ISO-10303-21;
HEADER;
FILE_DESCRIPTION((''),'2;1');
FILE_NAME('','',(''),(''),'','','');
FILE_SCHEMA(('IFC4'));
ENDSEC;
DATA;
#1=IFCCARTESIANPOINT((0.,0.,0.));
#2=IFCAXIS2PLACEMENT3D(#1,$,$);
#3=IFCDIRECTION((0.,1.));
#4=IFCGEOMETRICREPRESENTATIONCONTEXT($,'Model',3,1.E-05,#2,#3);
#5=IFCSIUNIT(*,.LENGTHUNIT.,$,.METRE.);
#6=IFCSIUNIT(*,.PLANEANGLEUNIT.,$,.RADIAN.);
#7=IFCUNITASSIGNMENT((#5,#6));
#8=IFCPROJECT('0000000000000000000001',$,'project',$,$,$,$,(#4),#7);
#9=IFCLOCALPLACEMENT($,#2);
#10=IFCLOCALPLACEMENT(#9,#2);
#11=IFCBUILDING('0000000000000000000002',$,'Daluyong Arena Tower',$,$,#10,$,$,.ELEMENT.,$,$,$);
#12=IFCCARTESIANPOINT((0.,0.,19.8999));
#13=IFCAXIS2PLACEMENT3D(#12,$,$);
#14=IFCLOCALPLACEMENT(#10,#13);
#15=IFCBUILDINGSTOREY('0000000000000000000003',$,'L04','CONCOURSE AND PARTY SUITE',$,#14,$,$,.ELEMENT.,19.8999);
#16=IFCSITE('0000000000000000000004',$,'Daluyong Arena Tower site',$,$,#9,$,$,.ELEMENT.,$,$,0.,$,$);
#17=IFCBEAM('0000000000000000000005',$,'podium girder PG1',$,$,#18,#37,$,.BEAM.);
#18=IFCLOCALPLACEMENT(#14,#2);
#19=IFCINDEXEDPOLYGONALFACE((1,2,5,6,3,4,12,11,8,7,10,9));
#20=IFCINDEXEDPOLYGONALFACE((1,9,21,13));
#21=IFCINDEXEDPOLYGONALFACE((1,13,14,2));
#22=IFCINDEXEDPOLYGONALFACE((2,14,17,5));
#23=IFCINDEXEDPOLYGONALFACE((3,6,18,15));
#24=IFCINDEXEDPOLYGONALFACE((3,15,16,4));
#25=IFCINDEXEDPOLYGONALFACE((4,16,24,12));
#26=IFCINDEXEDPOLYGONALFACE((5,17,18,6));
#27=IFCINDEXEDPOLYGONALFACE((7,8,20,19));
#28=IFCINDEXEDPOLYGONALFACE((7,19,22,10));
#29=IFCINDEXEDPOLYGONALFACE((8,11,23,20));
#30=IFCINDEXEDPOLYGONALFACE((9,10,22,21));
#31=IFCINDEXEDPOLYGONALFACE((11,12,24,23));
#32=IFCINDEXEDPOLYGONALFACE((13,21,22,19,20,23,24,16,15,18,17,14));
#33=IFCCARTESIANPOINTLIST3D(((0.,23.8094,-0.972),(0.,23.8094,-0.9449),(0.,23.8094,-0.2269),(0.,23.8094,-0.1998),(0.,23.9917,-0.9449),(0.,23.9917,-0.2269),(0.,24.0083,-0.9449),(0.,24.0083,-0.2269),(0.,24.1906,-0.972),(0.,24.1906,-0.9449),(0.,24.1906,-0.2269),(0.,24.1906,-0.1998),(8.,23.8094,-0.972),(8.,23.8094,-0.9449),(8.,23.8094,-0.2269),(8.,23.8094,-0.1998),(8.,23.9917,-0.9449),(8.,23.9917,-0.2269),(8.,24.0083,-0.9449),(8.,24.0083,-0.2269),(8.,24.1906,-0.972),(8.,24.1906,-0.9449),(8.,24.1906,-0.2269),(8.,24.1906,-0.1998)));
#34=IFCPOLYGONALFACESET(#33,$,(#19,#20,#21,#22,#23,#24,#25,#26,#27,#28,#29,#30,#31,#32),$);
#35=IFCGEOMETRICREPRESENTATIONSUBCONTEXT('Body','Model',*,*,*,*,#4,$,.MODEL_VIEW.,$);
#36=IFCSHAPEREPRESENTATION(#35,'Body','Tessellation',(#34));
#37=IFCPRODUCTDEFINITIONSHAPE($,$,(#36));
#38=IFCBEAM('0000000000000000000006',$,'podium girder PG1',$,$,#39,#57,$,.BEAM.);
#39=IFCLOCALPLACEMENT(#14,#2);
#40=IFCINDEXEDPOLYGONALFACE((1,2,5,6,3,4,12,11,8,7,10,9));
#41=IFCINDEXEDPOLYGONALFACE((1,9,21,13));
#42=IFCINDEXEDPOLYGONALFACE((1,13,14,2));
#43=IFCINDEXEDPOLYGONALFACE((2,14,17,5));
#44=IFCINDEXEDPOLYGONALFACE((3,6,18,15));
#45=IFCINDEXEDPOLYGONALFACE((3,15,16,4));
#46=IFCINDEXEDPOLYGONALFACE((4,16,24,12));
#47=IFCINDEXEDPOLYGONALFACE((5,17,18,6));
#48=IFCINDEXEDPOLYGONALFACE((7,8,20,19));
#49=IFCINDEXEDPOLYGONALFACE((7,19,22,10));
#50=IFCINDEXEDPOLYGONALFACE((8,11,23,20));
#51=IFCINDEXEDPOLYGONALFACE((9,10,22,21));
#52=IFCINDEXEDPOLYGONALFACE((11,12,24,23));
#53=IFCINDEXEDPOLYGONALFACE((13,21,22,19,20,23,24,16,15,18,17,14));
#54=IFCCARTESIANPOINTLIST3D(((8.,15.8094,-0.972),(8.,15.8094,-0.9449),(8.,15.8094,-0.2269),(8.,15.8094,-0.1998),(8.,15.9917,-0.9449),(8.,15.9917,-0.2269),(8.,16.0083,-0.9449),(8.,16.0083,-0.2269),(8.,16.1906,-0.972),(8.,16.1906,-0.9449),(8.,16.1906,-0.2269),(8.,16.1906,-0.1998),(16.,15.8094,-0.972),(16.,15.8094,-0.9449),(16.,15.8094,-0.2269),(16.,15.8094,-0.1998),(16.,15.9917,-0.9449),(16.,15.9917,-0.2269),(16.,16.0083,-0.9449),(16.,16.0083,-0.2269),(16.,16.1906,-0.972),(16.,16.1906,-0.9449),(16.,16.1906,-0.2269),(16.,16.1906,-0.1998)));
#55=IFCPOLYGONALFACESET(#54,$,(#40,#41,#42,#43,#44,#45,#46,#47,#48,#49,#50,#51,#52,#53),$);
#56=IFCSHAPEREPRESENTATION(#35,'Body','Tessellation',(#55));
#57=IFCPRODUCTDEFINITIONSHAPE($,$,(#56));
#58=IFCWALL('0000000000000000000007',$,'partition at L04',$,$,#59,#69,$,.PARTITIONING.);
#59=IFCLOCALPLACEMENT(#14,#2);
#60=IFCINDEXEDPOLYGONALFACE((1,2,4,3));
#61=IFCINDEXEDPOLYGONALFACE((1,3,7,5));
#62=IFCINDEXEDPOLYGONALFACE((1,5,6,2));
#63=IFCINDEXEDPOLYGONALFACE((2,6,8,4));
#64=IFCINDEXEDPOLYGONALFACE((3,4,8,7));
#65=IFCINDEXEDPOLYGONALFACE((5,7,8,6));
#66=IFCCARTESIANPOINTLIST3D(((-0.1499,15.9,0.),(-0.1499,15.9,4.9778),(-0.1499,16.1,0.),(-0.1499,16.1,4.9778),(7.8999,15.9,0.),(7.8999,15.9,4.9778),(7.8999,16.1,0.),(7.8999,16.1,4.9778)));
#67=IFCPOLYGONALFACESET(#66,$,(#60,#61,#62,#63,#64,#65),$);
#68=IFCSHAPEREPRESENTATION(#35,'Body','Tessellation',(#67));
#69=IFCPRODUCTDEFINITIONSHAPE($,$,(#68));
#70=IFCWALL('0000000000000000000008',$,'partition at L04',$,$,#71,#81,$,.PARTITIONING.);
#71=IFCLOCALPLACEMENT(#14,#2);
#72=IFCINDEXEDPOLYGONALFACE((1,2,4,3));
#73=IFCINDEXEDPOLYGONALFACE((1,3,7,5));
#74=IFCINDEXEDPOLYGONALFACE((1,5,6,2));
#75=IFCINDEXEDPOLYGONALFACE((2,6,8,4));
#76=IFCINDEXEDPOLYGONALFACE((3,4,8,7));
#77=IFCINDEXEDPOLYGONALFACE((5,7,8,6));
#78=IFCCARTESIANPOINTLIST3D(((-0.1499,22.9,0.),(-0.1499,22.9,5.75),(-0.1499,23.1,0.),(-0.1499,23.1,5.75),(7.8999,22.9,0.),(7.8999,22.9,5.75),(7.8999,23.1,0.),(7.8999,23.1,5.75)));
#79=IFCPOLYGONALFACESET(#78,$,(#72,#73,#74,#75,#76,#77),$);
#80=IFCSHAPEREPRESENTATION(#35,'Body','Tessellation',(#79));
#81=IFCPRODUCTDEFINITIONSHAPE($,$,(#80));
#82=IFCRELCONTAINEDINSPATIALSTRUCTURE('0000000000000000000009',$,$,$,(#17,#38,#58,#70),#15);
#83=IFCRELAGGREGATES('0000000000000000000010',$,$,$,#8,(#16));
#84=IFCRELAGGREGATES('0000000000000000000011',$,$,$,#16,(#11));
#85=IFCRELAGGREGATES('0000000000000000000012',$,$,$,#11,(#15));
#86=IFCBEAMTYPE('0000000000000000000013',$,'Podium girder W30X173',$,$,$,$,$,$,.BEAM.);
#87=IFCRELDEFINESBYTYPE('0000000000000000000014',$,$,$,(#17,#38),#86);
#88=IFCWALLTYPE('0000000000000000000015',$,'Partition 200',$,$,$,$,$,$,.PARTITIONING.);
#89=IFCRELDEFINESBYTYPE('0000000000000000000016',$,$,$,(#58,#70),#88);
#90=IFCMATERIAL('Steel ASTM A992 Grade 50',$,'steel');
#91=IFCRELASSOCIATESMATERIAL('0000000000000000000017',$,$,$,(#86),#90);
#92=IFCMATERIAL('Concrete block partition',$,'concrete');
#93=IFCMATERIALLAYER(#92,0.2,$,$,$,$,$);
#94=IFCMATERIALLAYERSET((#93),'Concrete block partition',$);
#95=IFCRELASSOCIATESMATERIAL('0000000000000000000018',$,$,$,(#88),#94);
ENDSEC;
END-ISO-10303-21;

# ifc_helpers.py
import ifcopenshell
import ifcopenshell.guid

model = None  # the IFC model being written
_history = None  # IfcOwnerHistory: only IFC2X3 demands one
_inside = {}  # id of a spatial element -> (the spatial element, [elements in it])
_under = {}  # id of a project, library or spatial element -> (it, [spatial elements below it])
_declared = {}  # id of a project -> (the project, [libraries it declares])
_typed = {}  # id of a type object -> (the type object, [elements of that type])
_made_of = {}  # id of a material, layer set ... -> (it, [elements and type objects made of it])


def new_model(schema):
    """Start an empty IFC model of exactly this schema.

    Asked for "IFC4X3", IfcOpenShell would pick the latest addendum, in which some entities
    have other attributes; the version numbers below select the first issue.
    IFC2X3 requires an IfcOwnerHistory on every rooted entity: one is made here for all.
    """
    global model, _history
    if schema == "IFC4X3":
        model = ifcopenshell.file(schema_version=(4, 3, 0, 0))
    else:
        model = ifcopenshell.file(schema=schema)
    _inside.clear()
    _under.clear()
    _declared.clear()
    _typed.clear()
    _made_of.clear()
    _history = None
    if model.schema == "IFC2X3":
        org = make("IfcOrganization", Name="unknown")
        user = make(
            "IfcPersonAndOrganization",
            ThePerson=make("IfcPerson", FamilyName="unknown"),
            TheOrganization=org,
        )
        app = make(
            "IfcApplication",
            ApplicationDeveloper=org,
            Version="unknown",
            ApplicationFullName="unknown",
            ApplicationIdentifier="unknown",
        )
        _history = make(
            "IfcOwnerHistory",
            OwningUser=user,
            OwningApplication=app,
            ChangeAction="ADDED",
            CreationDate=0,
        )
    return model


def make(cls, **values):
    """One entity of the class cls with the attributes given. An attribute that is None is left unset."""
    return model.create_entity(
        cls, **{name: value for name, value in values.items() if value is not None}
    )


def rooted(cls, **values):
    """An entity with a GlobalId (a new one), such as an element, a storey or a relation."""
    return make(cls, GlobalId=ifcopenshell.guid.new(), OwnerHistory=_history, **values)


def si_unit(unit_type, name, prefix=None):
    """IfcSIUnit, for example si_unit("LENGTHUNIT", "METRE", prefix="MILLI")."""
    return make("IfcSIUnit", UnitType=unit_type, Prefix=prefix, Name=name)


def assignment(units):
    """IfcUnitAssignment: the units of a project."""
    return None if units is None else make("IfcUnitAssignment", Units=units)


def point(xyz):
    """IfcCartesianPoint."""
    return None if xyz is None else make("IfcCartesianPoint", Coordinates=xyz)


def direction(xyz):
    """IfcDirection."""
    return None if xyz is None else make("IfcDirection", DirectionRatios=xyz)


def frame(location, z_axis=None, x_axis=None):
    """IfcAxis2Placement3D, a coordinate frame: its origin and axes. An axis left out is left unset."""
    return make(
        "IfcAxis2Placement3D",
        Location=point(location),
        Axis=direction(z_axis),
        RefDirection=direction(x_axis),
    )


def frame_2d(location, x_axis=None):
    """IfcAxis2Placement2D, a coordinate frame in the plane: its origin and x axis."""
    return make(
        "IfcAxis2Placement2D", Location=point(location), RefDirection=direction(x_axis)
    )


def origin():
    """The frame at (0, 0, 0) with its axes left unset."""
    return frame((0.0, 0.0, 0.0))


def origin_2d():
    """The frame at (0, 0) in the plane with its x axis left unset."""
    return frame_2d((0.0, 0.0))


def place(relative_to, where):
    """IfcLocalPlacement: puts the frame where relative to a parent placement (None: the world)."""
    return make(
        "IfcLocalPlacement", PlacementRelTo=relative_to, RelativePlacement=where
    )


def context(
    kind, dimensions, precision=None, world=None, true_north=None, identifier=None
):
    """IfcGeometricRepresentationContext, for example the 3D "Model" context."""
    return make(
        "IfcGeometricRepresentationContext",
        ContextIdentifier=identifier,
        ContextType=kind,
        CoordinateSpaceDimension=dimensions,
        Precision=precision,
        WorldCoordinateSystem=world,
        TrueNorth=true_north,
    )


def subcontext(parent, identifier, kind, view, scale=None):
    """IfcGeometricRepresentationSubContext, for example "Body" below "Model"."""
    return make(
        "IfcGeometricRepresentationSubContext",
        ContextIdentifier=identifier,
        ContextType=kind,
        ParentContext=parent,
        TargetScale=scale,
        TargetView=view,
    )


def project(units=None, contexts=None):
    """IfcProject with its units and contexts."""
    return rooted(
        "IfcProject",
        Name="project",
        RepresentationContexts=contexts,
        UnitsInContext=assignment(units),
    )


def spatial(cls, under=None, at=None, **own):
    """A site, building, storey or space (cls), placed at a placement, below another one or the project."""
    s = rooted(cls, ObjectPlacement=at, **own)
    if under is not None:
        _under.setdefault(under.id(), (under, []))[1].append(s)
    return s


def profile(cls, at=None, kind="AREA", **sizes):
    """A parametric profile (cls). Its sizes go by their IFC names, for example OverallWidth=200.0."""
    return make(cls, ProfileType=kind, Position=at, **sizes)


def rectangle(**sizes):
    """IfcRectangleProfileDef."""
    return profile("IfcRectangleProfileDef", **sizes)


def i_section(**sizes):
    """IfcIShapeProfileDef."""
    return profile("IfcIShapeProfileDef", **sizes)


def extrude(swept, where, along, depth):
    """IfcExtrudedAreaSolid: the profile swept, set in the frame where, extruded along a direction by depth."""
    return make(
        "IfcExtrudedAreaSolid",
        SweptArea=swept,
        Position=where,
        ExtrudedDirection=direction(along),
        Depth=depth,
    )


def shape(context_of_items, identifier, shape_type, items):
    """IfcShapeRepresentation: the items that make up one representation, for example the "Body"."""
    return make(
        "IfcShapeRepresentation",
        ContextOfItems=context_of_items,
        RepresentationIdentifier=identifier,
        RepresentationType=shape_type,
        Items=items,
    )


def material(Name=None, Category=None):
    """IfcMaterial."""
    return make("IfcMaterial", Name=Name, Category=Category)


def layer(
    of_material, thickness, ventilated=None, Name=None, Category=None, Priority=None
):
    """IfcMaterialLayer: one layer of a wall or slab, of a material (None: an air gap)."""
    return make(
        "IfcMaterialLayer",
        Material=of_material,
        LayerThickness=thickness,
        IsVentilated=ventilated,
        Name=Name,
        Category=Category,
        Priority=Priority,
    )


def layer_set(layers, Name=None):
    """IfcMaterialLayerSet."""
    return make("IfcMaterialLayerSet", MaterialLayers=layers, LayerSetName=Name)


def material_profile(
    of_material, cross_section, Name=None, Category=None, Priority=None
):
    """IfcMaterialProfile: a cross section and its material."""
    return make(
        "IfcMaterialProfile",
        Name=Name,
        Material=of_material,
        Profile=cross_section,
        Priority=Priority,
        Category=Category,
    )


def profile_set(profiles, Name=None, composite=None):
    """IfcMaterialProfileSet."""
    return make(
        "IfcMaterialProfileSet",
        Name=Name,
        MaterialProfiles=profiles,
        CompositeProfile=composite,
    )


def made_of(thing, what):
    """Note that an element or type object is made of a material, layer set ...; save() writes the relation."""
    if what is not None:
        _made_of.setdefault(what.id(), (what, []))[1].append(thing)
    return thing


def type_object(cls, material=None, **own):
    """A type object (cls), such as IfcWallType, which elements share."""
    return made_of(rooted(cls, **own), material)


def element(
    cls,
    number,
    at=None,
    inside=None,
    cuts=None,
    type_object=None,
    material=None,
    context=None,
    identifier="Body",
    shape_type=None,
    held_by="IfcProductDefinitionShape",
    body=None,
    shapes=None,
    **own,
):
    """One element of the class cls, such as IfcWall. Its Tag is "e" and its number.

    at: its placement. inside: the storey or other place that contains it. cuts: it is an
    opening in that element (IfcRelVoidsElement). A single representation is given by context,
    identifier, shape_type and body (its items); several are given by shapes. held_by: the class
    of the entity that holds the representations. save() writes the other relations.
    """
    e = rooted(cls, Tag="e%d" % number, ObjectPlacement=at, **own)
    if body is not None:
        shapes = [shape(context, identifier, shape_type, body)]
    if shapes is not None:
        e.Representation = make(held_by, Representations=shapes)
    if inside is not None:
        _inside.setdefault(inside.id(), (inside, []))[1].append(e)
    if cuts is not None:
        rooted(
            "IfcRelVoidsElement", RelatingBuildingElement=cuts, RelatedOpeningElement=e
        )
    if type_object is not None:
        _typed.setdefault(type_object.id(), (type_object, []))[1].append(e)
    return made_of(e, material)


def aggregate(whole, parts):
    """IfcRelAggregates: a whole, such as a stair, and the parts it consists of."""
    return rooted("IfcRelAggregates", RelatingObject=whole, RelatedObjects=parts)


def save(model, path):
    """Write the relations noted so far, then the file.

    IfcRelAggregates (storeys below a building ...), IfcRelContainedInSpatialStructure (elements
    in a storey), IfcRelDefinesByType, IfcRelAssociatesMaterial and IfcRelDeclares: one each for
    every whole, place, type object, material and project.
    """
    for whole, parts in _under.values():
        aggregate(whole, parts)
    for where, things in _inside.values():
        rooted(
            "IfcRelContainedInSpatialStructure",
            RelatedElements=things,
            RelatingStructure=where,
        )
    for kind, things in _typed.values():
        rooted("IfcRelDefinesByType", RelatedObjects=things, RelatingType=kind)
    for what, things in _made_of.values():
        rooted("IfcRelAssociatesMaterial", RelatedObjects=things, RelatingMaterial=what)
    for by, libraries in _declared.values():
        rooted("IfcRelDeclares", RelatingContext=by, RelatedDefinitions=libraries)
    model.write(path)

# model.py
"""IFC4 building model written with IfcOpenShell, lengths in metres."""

from ifc_helpers import new_model, si_unit, direction, frame, frame_2d, origin, origin_2d, place, context, subcontext, project, spatial, rectangle, i_section, extrude, material, layer, layer_set, material_profile, profile_set, type_object, element, save


model = new_model("IFC4")

# Units and contexts
model_context = context("Model", 3, precision=1e-05, world=origin(), true_north=direction((0.0, 1.0)))
body_context = subcontext(model_context, "Body", "Model", "MODEL_VIEW")
ifc_project = project(units=[si_unit("LENGTHUNIT", "METRE"), si_unit("PLANEANGLEUNIT", "RADIAN")], contexts=[model_context])

# Site, building, storey
site_placement = place(None, origin())
site = spatial("IfcSite", under=ifc_project, at=site_placement, Name="Daluyong Arena Tower site", CompositionType="ELEMENT", RefElevation=0.0)
building_placement = place(site_placement, origin())
building = spatial("IfcBuilding", under=site, at=building_placement, Name="Daluyong Arena Tower", CompositionType="ELEMENT")
storey_placement = place(building_placement, frame((0.0, 0.0, 19.8999)))
storey = spatial("IfcBuildingStorey", under=building, at=storey_placement, Name="L04", Description="CONCOURSE AND PARTY SUITE", CompositionType="ELEMENT", Elevation=19.8999)

# Beams
ifc_material_1 = material(Name="Steel ASTM A992 Grade 50", Category="steel")
ifc_material_profile_1 = material_profile(ifc_material_1, i_section(OverallWidth=0.3811, OverallDepth=0.7722, WebThickness=0.0166, FlangeThickness=0.0271, at=origin_2d()))
ifc_profile_set_1 = profile_set([ifc_material_profile_1], Name="Steel ASTM A992 Grade 50")
beam_type_1 = type_object("IfcBeamType", Name="Podium girder W30X173", PredefinedType="BEAM", material=ifc_profile_set_1)
for number, where, z_axis, x_axis, name in (
    (1, (0.0, 24.0, -0.5859), (1.0, 0.0, 0.0), (0.0, 1.0, 0.0), "podium girder PG1"),
    (2, (8.0, 16.0, -0.5859), (1.0, 0.0, 0.0), (0.0, 1.0, 0.0), "podium girder PG1"),
):
    element("IfcBeam", number, at=place(storey_placement, frame(where, z_axis=z_axis, x_axis=x_axis)), inside=storey, type_object=beam_type_1, Name=name, PredefinedType="BEAM", context=body_context, shape_type="SweptSolid", body=[
        extrude(i_section(OverallWidth=0.3811, OverallDepth=0.7722, WebThickness=0.0166, FlangeThickness=0.0271, at=origin_2d()), origin(), (0.0, 0.0, 1.0), 8.0),
    ])

# Walls
ifc_material_2 = material(Name="Concrete block partition", Category="concrete")
ifc_layer = layer(ifc_material_2, 0.2)
ifc_layer_set = layer_set([ifc_layer], Name="Concrete block partition")
wall_type = type_object("IfcWallType", Name="Partition 200", PredefinedType="PARTITIONING", material=ifc_layer_set)
wall_1_placement = place(storey_placement, frame((-0.1499, 16.0, 0.0), z_axis=(0.0, 0.0, 1.0), x_axis=(1.0, 0.0, 0.0)))
element("IfcWall", 3, at=wall_1_placement, inside=storey, type_object=wall_type, Name="partition at L04", PredefinedType="PARTITIONING", context=body_context, shape_type="SweptSolid", body=[
    extrude(rectangle(XDim=8.0498, YDim=0.2, at=frame_2d((4.0249, 0.0))), origin(), (0.0, 0.0, 1.0), 4.9778),
])
wall_2_placement = place(storey_placement, frame((-0.1499, 23.0, 0.0), z_axis=(0.0, 0.0, 1.0), x_axis=(1.0, 0.0, 0.0)))
element("IfcWall", 4, at=wall_2_placement, inside=storey, type_object=wall_type, Name="partition at L04", PredefinedType="PARTITIONING", context=body_context, shape_type="SweptSolid", body=[
    extrude(rectangle(XDim=8.0498, YDim=0.2, at=frame_2d((4.0249, 0.0))), origin(), (0.0, 0.0, 1.0), 5.75),
])

save(model, "model.ifc")
